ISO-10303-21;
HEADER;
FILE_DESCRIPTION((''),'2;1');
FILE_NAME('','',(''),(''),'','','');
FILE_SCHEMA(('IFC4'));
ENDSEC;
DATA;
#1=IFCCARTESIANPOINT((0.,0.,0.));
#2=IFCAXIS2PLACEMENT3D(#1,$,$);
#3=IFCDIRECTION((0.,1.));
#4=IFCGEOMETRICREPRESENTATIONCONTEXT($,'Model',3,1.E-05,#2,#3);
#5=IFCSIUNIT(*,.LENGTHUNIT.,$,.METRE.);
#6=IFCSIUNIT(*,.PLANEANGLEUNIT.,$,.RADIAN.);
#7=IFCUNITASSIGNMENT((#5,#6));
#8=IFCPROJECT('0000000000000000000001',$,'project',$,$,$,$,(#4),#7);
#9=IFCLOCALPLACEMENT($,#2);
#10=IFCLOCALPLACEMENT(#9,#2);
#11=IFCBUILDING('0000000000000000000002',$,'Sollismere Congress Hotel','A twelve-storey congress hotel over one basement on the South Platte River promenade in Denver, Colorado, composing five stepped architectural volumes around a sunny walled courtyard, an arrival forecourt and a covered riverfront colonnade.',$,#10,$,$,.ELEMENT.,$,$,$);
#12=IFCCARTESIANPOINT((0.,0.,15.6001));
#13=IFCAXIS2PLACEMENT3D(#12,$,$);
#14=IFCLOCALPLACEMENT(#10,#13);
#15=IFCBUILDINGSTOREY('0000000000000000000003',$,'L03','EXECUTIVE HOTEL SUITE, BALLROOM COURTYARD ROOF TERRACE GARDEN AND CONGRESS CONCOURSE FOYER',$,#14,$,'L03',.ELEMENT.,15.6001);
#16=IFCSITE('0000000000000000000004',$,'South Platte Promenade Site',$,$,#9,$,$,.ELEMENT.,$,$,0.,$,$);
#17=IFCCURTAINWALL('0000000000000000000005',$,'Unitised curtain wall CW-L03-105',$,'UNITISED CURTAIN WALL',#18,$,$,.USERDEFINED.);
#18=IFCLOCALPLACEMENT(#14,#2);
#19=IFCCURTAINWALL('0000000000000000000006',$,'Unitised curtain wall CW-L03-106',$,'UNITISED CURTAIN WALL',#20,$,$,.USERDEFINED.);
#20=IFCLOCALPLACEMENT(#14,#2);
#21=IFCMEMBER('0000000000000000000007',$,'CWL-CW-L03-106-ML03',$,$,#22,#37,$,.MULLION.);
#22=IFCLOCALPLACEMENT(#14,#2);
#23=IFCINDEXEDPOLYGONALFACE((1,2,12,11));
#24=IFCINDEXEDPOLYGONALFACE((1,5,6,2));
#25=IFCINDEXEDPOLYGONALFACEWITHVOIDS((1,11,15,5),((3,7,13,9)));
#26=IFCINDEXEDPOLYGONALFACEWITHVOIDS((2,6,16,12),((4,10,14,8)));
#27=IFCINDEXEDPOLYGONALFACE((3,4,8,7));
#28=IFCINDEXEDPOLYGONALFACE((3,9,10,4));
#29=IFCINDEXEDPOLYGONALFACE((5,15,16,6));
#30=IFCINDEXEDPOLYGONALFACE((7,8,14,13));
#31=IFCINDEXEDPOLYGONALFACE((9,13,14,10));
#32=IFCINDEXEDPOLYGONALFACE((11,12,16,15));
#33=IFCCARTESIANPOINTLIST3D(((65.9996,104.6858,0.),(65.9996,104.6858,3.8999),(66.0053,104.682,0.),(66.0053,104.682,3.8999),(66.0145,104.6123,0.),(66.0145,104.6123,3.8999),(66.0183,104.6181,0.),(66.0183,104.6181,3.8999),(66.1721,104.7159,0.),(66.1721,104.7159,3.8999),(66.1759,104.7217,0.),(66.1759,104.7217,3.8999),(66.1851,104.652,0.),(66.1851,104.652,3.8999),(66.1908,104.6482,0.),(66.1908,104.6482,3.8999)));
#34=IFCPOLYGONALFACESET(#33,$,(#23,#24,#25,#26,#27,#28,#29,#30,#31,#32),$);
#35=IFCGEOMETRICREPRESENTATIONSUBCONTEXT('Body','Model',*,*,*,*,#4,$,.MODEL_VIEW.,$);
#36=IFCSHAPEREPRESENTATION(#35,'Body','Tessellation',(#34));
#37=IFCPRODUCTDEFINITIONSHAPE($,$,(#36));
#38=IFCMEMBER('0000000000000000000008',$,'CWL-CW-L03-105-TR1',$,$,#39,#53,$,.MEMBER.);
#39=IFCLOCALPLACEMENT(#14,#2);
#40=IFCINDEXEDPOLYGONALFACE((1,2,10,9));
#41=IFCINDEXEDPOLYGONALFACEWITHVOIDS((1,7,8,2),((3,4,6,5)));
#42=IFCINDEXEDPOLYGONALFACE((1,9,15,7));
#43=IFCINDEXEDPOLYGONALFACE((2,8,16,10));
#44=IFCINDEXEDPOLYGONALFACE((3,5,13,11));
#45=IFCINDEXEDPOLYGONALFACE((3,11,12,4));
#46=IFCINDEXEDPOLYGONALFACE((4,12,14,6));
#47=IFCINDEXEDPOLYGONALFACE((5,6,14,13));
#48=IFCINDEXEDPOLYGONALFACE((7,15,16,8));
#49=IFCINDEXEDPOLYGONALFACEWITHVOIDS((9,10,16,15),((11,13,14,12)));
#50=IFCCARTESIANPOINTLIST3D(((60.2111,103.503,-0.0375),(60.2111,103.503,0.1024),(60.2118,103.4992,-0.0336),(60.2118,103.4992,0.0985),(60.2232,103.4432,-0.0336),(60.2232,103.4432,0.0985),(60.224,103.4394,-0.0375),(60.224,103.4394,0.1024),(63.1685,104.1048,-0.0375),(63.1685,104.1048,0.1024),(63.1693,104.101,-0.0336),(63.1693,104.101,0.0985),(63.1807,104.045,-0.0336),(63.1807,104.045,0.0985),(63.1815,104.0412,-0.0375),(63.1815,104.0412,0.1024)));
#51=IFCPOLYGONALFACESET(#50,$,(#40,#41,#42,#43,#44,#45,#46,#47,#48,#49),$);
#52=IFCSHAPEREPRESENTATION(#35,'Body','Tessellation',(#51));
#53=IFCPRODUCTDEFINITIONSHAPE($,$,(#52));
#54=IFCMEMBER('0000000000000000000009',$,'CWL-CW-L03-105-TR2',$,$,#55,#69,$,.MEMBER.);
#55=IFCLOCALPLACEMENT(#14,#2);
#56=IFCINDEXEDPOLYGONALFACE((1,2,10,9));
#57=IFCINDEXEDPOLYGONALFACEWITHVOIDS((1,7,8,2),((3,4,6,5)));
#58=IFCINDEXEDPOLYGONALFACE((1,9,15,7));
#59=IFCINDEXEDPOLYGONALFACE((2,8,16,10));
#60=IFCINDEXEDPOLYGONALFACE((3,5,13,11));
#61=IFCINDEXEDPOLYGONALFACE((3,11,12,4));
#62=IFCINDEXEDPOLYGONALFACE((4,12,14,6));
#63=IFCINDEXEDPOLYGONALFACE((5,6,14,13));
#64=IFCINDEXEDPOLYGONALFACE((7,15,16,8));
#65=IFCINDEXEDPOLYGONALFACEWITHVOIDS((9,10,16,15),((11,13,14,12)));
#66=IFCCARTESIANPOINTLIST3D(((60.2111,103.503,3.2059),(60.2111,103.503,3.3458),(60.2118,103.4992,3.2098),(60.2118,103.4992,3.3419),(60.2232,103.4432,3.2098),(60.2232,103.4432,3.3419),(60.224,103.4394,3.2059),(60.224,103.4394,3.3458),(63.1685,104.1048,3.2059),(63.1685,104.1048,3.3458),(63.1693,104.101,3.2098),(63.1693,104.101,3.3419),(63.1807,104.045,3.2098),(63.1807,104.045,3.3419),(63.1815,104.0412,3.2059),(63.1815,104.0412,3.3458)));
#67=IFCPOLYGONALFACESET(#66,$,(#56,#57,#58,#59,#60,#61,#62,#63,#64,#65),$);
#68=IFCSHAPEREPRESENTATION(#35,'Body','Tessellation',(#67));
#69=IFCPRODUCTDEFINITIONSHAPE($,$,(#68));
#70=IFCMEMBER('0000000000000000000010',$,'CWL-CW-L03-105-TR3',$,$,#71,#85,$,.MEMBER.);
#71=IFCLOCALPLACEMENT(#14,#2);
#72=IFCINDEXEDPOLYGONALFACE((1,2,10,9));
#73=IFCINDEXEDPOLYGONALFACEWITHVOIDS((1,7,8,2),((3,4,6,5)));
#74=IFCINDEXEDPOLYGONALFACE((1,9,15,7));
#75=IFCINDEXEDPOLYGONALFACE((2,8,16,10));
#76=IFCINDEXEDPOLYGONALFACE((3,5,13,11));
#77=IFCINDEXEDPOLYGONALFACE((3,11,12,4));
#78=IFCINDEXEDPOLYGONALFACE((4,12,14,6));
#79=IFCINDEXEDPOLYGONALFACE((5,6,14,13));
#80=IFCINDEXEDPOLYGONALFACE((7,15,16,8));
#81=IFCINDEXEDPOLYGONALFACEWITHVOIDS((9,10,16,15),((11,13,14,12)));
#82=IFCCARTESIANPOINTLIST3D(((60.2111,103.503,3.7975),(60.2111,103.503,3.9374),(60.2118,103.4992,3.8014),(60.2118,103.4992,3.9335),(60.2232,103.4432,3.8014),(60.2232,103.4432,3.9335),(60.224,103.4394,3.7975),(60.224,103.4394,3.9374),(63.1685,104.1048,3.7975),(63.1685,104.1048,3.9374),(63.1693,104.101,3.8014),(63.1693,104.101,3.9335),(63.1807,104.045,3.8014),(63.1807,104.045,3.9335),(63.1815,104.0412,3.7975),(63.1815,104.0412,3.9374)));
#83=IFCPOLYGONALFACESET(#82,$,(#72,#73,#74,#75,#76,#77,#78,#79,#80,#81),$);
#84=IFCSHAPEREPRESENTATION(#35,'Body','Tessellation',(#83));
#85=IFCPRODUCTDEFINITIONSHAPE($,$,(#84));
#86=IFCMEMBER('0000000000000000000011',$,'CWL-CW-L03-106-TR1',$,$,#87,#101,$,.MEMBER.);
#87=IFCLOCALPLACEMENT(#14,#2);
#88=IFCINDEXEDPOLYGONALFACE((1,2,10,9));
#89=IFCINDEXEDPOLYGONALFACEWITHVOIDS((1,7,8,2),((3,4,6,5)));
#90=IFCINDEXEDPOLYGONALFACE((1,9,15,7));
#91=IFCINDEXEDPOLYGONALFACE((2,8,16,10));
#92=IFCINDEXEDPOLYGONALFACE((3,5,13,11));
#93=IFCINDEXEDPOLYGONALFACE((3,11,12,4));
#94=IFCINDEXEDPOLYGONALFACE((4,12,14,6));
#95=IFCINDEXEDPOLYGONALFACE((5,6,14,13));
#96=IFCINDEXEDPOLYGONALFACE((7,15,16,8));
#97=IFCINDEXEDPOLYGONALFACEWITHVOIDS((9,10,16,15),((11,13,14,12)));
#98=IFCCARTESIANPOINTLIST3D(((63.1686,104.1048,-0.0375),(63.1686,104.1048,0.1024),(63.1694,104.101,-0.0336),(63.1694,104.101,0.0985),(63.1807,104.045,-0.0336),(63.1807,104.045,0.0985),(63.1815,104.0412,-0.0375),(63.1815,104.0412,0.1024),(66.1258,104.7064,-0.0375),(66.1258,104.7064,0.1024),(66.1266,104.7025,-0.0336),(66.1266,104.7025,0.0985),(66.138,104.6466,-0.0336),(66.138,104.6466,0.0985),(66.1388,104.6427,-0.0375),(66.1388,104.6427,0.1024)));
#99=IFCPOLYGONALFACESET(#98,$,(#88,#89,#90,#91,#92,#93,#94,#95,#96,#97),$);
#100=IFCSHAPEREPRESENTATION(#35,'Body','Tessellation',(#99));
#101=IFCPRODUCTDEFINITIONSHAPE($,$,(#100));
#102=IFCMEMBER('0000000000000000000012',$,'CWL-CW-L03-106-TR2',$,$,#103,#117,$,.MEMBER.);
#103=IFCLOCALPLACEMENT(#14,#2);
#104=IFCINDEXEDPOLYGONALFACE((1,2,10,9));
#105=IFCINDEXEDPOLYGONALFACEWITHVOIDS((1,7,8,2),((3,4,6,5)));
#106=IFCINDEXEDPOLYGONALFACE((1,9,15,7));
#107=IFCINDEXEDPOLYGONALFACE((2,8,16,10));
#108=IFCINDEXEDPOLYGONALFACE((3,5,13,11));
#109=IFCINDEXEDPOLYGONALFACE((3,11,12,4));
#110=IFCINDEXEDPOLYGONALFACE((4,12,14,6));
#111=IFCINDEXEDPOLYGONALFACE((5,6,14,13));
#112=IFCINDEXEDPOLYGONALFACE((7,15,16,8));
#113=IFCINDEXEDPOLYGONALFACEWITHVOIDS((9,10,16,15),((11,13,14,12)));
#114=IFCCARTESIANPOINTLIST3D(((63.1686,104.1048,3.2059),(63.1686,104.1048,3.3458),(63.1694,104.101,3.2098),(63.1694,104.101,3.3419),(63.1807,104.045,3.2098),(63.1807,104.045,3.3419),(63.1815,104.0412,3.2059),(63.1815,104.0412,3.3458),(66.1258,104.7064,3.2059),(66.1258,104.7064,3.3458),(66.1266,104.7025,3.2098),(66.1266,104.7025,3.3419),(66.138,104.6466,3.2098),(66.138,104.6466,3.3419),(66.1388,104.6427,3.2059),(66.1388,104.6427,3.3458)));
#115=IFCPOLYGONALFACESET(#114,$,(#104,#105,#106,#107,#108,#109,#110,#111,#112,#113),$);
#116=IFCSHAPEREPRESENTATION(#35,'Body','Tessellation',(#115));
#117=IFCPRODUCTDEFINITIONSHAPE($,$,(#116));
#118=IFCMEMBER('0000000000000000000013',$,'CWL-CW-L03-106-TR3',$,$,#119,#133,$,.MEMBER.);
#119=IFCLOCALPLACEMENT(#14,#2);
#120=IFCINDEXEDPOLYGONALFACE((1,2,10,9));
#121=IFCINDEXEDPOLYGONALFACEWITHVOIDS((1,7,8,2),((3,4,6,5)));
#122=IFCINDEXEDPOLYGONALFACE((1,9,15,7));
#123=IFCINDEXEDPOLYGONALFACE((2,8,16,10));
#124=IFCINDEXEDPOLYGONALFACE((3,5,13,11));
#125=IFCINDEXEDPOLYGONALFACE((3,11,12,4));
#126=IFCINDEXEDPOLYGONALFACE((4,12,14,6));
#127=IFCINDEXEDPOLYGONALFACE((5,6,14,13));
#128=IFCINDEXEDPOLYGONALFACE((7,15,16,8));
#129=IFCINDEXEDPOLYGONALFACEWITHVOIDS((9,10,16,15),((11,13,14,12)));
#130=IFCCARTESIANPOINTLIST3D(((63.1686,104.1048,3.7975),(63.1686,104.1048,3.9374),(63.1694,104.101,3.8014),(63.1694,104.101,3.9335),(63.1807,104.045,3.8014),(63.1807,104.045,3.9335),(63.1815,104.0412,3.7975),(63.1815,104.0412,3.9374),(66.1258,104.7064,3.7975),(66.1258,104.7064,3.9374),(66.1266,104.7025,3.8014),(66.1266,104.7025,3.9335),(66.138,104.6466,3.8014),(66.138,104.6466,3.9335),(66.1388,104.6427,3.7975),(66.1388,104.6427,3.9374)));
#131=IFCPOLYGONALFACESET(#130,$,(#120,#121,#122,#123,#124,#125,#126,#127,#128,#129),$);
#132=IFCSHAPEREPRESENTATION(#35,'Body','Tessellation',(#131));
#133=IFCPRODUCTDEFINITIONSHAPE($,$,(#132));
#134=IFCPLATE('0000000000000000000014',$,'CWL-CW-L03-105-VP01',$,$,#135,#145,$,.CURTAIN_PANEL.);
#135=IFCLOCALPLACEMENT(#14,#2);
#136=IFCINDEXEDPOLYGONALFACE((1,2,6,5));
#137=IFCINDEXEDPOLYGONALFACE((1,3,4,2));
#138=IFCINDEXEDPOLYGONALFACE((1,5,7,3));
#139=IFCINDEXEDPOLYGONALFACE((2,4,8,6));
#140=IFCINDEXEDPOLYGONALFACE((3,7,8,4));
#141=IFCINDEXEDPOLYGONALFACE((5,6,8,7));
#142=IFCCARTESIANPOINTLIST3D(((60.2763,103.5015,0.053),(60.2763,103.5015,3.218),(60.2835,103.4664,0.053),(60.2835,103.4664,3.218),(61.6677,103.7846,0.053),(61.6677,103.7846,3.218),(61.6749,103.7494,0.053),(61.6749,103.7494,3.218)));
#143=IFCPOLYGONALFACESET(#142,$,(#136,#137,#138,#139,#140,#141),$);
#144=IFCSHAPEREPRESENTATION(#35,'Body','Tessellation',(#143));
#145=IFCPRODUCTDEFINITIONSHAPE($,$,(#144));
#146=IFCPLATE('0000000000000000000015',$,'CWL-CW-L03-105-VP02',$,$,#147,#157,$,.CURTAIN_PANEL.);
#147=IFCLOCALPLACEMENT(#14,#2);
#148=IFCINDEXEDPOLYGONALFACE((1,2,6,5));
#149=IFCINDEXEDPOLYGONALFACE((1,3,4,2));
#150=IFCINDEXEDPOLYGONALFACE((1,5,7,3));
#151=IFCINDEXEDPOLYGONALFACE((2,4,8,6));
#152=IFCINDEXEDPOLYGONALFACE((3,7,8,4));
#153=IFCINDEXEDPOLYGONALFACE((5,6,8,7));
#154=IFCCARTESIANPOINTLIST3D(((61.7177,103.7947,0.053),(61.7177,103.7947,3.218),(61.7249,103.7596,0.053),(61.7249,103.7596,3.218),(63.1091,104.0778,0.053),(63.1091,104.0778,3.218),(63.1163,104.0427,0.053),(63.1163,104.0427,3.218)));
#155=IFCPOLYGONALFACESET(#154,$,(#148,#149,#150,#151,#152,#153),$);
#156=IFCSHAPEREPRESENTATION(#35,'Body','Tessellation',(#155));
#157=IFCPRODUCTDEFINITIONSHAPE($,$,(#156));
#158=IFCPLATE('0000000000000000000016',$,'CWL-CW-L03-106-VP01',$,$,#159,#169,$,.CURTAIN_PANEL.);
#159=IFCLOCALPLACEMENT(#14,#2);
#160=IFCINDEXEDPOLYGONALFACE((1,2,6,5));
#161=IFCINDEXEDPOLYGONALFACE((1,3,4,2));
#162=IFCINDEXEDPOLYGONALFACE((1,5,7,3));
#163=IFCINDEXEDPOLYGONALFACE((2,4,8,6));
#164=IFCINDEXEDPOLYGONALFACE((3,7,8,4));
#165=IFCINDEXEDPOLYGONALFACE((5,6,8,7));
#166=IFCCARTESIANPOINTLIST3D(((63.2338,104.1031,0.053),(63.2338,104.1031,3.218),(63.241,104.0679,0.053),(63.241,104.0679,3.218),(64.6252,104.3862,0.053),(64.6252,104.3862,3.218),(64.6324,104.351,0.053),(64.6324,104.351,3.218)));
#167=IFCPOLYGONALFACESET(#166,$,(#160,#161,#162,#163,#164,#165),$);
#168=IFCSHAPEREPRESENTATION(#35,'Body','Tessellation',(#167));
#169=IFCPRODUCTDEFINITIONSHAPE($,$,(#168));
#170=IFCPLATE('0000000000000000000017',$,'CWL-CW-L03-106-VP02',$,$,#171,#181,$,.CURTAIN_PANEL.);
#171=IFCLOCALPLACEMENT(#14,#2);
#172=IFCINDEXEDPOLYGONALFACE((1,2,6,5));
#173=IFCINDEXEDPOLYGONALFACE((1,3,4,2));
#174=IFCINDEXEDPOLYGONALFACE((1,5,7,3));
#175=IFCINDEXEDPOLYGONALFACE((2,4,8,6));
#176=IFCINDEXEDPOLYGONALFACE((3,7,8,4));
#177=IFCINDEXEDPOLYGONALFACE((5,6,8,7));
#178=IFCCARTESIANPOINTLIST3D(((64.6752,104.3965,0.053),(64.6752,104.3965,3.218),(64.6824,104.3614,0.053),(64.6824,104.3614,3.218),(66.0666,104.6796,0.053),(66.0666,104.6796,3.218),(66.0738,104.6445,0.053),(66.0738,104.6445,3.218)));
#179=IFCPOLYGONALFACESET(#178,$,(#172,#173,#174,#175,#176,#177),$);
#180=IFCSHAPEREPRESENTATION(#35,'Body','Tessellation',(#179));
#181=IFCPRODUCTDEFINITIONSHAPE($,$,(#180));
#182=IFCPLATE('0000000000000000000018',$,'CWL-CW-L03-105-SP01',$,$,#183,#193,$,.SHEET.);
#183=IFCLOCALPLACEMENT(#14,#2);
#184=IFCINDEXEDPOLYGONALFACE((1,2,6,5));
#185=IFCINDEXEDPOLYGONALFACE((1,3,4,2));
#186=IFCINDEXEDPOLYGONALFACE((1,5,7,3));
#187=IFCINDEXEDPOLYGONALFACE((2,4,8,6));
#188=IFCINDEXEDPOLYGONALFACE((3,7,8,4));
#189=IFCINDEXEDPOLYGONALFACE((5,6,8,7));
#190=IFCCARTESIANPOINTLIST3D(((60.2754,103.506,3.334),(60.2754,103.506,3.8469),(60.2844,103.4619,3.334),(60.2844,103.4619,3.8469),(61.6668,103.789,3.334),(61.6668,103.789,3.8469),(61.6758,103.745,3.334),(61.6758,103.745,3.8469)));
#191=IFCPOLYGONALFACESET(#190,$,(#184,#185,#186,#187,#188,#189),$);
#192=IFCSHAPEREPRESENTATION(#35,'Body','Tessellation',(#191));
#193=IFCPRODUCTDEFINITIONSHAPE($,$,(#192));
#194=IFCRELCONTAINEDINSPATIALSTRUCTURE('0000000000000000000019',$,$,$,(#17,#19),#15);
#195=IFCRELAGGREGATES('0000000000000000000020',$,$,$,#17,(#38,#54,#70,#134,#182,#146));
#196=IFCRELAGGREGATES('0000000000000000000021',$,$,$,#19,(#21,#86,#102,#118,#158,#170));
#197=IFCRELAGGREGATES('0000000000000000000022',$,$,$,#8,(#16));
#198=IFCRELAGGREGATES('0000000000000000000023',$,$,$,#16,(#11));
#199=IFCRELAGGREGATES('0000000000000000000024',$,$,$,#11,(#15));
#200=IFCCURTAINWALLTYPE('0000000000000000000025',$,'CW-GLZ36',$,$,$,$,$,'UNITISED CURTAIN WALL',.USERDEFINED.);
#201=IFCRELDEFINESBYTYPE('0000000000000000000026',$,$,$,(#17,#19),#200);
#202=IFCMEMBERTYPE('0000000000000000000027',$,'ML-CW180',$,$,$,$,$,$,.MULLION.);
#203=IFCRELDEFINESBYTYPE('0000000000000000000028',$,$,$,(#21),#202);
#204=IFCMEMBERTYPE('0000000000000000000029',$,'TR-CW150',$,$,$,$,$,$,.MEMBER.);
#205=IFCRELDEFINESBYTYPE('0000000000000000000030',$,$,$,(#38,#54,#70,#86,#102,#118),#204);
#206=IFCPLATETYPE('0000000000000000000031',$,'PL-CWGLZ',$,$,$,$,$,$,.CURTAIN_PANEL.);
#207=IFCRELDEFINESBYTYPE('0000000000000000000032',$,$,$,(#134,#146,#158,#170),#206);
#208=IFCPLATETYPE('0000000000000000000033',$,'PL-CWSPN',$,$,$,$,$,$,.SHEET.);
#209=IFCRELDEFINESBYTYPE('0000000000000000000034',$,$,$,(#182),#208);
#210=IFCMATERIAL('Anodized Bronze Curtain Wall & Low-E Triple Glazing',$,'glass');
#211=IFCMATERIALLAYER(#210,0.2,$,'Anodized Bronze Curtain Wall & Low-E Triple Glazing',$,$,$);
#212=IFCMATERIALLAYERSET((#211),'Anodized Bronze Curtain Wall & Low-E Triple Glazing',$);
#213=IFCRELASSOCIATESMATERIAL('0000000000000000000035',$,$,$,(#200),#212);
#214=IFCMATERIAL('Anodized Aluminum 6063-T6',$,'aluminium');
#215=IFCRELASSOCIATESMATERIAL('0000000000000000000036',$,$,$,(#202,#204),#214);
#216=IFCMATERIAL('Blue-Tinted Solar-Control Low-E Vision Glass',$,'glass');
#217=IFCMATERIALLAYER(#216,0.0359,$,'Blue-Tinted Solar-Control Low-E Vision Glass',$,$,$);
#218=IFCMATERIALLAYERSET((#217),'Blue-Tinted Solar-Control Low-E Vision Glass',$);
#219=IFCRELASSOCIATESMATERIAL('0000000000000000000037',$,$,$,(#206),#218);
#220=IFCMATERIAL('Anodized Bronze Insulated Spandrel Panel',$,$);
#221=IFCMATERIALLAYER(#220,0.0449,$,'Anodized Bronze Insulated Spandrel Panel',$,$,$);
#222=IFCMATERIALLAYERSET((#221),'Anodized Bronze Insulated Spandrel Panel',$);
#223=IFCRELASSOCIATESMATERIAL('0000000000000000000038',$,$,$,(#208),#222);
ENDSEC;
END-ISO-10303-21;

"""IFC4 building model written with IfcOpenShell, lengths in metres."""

from ifc_helpers import new_model, si_unit, direction, frame, origin, origin_2d, place, context, subcontext, project, spatial, rectangle, hollow_rectangle, extrude, material, layer, layer_set, material_profile, profile_set, type_object, element, aggregate, save


model = new_model("IFC4")

# Units and contexts
model_context = context("Model", 3, precision=1e-05, world=origin(), true_north=direction((0.0, 1.0)))
body_context = subcontext(model_context, "Body", "Model", "MODEL_VIEW")
ifc_project = project(units=[si_unit("LENGTHUNIT", "METRE"), si_unit("PLANEANGLEUNIT", "RADIAN")], contexts=[model_context])

# Site, building, storey
site_placement = place(None, origin())
site = spatial("IfcSite", under=ifc_project, at=site_placement, Name="South Platte Promenade Site", CompositionType="ELEMENT", RefElevation=0.0)
building_placement = place(site_placement, origin())
building = spatial("IfcBuilding", under=site, at=building_placement, Name="Sollismere Congress Hotel", Description="A twelve-storey congress hotel over one basement on the South Platte River promenade in Denver, Colorado, composing five stepped architectural volumes around a sunny walled courtyard, an arrival forecourt and a covered riverfront colonnade.", CompositionType="ELEMENT")
storey_placement = place(building_placement, frame((0.0, 0.0, 15.6001)))
storey = spatial("IfcBuildingStorey", under=building, at=storey_placement, Name="L03", Description="EXECUTIVE HOTEL SUITE, BALLROOM COURTYARD ROOF TERRACE GARDEN AND CONGRESS CONCOURSE FOYER", LongName="L03", CompositionType="ELEMENT", Elevation=15.6001)

# Curtain walls, member
ifc_material_1 = material(Name="Anodized Bronze Curtain Wall & Low-E Triple Glazing", Category="glass")
ifc_layer_1 = layer(ifc_material_1, 0.2, Name="Anodized Bronze Curtain Wall & Low-E Triple Glazing")
ifc_layer_set_1 = layer_set([ifc_layer_1], Name="Anodized Bronze Curtain Wall & Low-E Triple Glazing")
curtain_wall_type = type_object("IfcCurtainWallType", Name="CW-GLZ36", ElementType="UNITISED CURTAIN WALL", PredefinedType="USERDEFINED", material=ifc_layer_set_1)
curtain_wall_1_placement = place(storey_placement, origin())
curtain_wall_1 = element("IfcCurtainWall", 1, at=curtain_wall_1_placement, inside=storey, type_object=curtain_wall_type, Name="Unitised curtain wall CW-L03-105", ObjectType="UNITISED CURTAIN WALL", PredefinedType="USERDEFINED")
ifc_material_2 = material(Name="Anodized Aluminum 6063-T6", Category="aluminium")
ifc_material_profile_1 = material_profile(ifc_material_2, hollow_rectangle(XDim=0.075, YDim=0.1799, WallThickness=0.0049, at=origin_2d()), Name="ALU180X75X5")
ifc_profile_set_1 = profile_set([ifc_material_profile_1], Name="Anodized Aluminum 6063-T6")
member_type_1 = type_object("IfcMemberType", Name="ML-CW180", PredefinedType="MULLION", material=ifc_profile_set_1)
curtain_wall_2_placement = place(storey_placement, origin())
curtain_wall_2 = element("IfcCurtainWall", 2, at=curtain_wall_2_placement, inside=storey, type_object=curtain_wall_type, Name="Unitised curtain wall CW-L03-106", ObjectType="UNITISED CURTAIN WALL", PredefinedType="USERDEFINED")
member_1_placement = place(storey_placement, frame((66.0952, 104.667, 0.0), z_axis=(0.0, 0.0, 1.0), x_axis=(-0.199368, 0.979925, 0.0)))
member_1 = element("IfcMember", 3, at=member_1_placement, type_object=member_type_1, Name="CWL-CW-L03-106-ML03", PredefinedType="MULLION", context=body_context, shape_type="SweptSolid", body=[
    extrude(hollow_rectangle(XDim=0.075, YDim=0.1799, WallThickness=0.0049, at=origin_2d()), origin(), (0.0, 0.0, 1.0), 3.8999),
])

# Members
ifc_material_profile_2 = material_profile(ifc_material_2, hollow_rectangle(XDim=0.0649, YDim=0.1399, WallThickness=0.0039, at=origin_2d()), Name="ALU140X65X4")
ifc_profile_set_2 = profile_set([ifc_material_profile_2], Name="Anodized Aluminum 6063-T6")
member_type_2 = type_object("IfcMemberType", Name="TR-CW150", PredefinedType="MEMBER", material=ifc_profile_set_2)
member_2_placement = place(storey_placement, frame((60.2175, 103.4712, 0.0325), z_axis=(0.979919, 0.199397, 0.0), x_axis=(-0.199397, 0.979919, 0.0)))
member_2 = element("IfcMember", 4, at=member_2_placement, type_object=member_type_2, Name="CWL-CW-L03-105-TR1", PredefinedType="MEMBER", context=body_context, shape_type="SweptSolid", body=[
    extrude(hollow_rectangle(XDim=0.0649, YDim=0.1399, WallThickness=0.0039, at=origin_2d()), origin(), (0.0, 0.0, 1.0), 3.0181),
])
member_3_placement = place(storey_placement, frame((60.2175, 103.4712, 3.2759), z_axis=(0.979919, 0.199397, 0.0), x_axis=(-0.199397, 0.979919, 0.0)))
member_3 = element("IfcMember", 5, at=member_3_placement, type_object=member_type_2, Name="CWL-CW-L03-105-TR2", PredefinedType="MEMBER", context=body_context, shape_type="SweptSolid", body=[
    extrude(hollow_rectangle(XDim=0.0649, YDim=0.1399, WallThickness=0.0039, at=origin_2d()), origin(), (0.0, 0.0, 1.0), 3.0181),
])
member_4_placement = place(storey_placement, frame((60.2175, 103.4712, 3.8674), z_axis=(0.979919, 0.199397, 0.0), x_axis=(-0.199397, 0.979919, 0.0)))
member_4 = element("IfcMember", 6, at=member_4_placement, type_object=member_type_2, Name="CWL-CW-L03-105-TR3", PredefinedType="MEMBER", context=body_context, shape_type="SweptSolid", body=[
    extrude(hollow_rectangle(XDim=0.0649, YDim=0.1399, WallThickness=0.0039, at=origin_2d()), origin(), (0.0, 0.0, 1.0), 3.0181),
])
member_5_placement = place(storey_placement, frame((63.175, 104.073, 0.0325), z_axis=(0.979931, 0.199335, 0.0), x_axis=(-0.199335, 0.979931, 0.0)))
member_5 = element("IfcMember", 7, at=member_5_placement, type_object=member_type_2, Name="CWL-CW-L03-106-TR1", PredefinedType="MEMBER", context=body_context, shape_type="SweptSolid", body=[
    extrude(hollow_rectangle(XDim=0.0649, YDim=0.1399, WallThickness=0.0039, at=origin_2d()), origin(), (0.0, 0.0, 1.0), 3.0178),
])
member_6_placement = place(storey_placement, frame((63.175, 104.073, 3.2759), z_axis=(0.979931, 0.199335, 0.0), x_axis=(-0.199335, 0.979931, 0.0)))
member_6 = element("IfcMember", 8, at=member_6_placement, type_object=member_type_2, Name="CWL-CW-L03-106-TR2", PredefinedType="MEMBER", context=body_context, shape_type="SweptSolid", body=[
    extrude(hollow_rectangle(XDim=0.0649, YDim=0.1399, WallThickness=0.0039, at=origin_2d()), origin(), (0.0, 0.0, 1.0), 3.0178),
])
member_7_placement = place(storey_placement, frame((63.175, 104.073, 3.8674), z_axis=(0.979931, 0.199335, 0.0), x_axis=(-0.199335, 0.979931, 0.0)))
member_7 = element("IfcMember", 9, at=member_7_placement, type_object=member_type_2, Name="CWL-CW-L03-106-TR3", PredefinedType="MEMBER", context=body_context, shape_type="SweptSolid", body=[
    extrude(hollow_rectangle(XDim=0.0649, YDim=0.1399, WallThickness=0.0039, at=origin_2d()), origin(), (0.0, 0.0, 1.0), 3.0178),
])

# Plates
ifc_material_3 = material(Name="Blue-Tinted Solar-Control Low-E Vision Glass", Category="glass")
ifc_layer_2 = layer(ifc_material_3, 0.0359, Name="Blue-Tinted Solar-Control Low-E Vision Glass")
ifc_layer_set_2 = layer_set([ifc_layer_2], Name="Blue-Tinted Solar-Control Low-E Vision Glass")
plate_type_1 = type_object("IfcPlateType", Name="PL-CWGLZ", PredefinedType="CURTAIN_PANEL", material=ifc_layer_set_2)
plate_1_placement = place(storey_placement, frame((60.9756, 103.6255, 0.053), z_axis=(0.0, 0.0, 1.0), x_axis=(0.979925, 0.199368, 0.0)))
plate_1 = element("IfcPlate", 10, at=plate_1_placement, type_object=plate_type_1, Name="CWL-CW-L03-105-VP01", PredefinedType="CURTAIN_PANEL", context=body_context, shape_type="SweptSolid", body=[
    extrude(rectangle(XDim=1.4199, YDim=0.0359, at=origin_2d()), origin(), (0.0, 0.0, 1.0), 3.165),
])
plate_2_placement = place(storey_placement, frame((62.417, 103.9187, 0.053), z_axis=(0.0, 0.0, 1.0), x_axis=(0.979925, 0.199368, 0.0)))
plate_2 = element("IfcPlate", 11, at=plate_2_placement, type_object=plate_type_1, Name="CWL-CW-L03-105-VP02", PredefinedType="CURTAIN_PANEL", context=body_context, shape_type="SweptSolid", body=[
    extrude(rectangle(XDim=1.4199, YDim=0.0359, at=origin_2d()), origin(), (0.0, 0.0, 1.0), 3.165),
])
plate_3_placement = place(storey_placement, frame((63.9331, 104.2271, 0.053), z_axis=(0.0, 0.0, 1.0), x_axis=(0.979925, 0.199368, 0.0)))
plate_3 = element("IfcPlate", 12, at=plate_3_placement, type_object=plate_type_1, Name="CWL-CW-L03-106-VP01", PredefinedType="CURTAIN_PANEL", context=body_context, shape_type="SweptSolid", body=[
    extrude(rectangle(XDim=1.4199, YDim=0.0359, at=origin_2d()), origin(), (0.0, 0.0, 1.0), 3.165),
])
plate_4_placement = place(storey_placement, frame((65.3745, 104.5205, 0.053), z_axis=(0.0, 0.0, 1.0), x_axis=(0.979925, 0.199368, 0.0)))
plate_4 = element("IfcPlate", 13, at=plate_4_placement, type_object=plate_type_1, Name="CWL-CW-L03-106-VP02", PredefinedType="CURTAIN_PANEL", context=body_context, shape_type="SweptSolid", body=[
    extrude(rectangle(XDim=1.4199, YDim=0.0359, at=origin_2d()), origin(), (0.0, 0.0, 1.0), 3.165),
])
ifc_material_4 = material(Name="Anodized Bronze Insulated Spandrel Panel")
ifc_layer_3 = layer(ifc_material_4, 0.0449, Name="Anodized Bronze Insulated Spandrel Panel")
ifc_layer_set_3 = layer_set([ifc_layer_3], Name="Anodized Bronze Insulated Spandrel Panel")
plate_type_2 = type_object("IfcPlateType", Name="PL-CWSPN", PredefinedType="SHEET", material=ifc_layer_set_3)
plate_5_placement = place(storey_placement, frame((60.9756, 103.6255, 3.334), z_axis=(0.0, 0.0, 1.0), x_axis=(0.979925, 0.199368, 0.0)))
plate_5 = element("IfcPlate", 14, at=plate_5_placement, type_object=plate_type_2, Name="CWL-CW-L03-105-SP01", PredefinedType="SHEET", context=body_context, shape_type="SweptSolid", body=[
    extrude(rectangle(XDim=1.4199, YDim=0.0449, at=origin_2d()), origin(), (0.0, 0.0, 1.0), 0.5129),
])
aggregate(curtain_wall_1, [member_2, member_3, member_4, plate_1, plate_5, plate_2])
aggregate(curtain_wall_2, [member_1, member_5, member_6, member_7, plate_3, plate_4])

save(model, "model.ifc")
